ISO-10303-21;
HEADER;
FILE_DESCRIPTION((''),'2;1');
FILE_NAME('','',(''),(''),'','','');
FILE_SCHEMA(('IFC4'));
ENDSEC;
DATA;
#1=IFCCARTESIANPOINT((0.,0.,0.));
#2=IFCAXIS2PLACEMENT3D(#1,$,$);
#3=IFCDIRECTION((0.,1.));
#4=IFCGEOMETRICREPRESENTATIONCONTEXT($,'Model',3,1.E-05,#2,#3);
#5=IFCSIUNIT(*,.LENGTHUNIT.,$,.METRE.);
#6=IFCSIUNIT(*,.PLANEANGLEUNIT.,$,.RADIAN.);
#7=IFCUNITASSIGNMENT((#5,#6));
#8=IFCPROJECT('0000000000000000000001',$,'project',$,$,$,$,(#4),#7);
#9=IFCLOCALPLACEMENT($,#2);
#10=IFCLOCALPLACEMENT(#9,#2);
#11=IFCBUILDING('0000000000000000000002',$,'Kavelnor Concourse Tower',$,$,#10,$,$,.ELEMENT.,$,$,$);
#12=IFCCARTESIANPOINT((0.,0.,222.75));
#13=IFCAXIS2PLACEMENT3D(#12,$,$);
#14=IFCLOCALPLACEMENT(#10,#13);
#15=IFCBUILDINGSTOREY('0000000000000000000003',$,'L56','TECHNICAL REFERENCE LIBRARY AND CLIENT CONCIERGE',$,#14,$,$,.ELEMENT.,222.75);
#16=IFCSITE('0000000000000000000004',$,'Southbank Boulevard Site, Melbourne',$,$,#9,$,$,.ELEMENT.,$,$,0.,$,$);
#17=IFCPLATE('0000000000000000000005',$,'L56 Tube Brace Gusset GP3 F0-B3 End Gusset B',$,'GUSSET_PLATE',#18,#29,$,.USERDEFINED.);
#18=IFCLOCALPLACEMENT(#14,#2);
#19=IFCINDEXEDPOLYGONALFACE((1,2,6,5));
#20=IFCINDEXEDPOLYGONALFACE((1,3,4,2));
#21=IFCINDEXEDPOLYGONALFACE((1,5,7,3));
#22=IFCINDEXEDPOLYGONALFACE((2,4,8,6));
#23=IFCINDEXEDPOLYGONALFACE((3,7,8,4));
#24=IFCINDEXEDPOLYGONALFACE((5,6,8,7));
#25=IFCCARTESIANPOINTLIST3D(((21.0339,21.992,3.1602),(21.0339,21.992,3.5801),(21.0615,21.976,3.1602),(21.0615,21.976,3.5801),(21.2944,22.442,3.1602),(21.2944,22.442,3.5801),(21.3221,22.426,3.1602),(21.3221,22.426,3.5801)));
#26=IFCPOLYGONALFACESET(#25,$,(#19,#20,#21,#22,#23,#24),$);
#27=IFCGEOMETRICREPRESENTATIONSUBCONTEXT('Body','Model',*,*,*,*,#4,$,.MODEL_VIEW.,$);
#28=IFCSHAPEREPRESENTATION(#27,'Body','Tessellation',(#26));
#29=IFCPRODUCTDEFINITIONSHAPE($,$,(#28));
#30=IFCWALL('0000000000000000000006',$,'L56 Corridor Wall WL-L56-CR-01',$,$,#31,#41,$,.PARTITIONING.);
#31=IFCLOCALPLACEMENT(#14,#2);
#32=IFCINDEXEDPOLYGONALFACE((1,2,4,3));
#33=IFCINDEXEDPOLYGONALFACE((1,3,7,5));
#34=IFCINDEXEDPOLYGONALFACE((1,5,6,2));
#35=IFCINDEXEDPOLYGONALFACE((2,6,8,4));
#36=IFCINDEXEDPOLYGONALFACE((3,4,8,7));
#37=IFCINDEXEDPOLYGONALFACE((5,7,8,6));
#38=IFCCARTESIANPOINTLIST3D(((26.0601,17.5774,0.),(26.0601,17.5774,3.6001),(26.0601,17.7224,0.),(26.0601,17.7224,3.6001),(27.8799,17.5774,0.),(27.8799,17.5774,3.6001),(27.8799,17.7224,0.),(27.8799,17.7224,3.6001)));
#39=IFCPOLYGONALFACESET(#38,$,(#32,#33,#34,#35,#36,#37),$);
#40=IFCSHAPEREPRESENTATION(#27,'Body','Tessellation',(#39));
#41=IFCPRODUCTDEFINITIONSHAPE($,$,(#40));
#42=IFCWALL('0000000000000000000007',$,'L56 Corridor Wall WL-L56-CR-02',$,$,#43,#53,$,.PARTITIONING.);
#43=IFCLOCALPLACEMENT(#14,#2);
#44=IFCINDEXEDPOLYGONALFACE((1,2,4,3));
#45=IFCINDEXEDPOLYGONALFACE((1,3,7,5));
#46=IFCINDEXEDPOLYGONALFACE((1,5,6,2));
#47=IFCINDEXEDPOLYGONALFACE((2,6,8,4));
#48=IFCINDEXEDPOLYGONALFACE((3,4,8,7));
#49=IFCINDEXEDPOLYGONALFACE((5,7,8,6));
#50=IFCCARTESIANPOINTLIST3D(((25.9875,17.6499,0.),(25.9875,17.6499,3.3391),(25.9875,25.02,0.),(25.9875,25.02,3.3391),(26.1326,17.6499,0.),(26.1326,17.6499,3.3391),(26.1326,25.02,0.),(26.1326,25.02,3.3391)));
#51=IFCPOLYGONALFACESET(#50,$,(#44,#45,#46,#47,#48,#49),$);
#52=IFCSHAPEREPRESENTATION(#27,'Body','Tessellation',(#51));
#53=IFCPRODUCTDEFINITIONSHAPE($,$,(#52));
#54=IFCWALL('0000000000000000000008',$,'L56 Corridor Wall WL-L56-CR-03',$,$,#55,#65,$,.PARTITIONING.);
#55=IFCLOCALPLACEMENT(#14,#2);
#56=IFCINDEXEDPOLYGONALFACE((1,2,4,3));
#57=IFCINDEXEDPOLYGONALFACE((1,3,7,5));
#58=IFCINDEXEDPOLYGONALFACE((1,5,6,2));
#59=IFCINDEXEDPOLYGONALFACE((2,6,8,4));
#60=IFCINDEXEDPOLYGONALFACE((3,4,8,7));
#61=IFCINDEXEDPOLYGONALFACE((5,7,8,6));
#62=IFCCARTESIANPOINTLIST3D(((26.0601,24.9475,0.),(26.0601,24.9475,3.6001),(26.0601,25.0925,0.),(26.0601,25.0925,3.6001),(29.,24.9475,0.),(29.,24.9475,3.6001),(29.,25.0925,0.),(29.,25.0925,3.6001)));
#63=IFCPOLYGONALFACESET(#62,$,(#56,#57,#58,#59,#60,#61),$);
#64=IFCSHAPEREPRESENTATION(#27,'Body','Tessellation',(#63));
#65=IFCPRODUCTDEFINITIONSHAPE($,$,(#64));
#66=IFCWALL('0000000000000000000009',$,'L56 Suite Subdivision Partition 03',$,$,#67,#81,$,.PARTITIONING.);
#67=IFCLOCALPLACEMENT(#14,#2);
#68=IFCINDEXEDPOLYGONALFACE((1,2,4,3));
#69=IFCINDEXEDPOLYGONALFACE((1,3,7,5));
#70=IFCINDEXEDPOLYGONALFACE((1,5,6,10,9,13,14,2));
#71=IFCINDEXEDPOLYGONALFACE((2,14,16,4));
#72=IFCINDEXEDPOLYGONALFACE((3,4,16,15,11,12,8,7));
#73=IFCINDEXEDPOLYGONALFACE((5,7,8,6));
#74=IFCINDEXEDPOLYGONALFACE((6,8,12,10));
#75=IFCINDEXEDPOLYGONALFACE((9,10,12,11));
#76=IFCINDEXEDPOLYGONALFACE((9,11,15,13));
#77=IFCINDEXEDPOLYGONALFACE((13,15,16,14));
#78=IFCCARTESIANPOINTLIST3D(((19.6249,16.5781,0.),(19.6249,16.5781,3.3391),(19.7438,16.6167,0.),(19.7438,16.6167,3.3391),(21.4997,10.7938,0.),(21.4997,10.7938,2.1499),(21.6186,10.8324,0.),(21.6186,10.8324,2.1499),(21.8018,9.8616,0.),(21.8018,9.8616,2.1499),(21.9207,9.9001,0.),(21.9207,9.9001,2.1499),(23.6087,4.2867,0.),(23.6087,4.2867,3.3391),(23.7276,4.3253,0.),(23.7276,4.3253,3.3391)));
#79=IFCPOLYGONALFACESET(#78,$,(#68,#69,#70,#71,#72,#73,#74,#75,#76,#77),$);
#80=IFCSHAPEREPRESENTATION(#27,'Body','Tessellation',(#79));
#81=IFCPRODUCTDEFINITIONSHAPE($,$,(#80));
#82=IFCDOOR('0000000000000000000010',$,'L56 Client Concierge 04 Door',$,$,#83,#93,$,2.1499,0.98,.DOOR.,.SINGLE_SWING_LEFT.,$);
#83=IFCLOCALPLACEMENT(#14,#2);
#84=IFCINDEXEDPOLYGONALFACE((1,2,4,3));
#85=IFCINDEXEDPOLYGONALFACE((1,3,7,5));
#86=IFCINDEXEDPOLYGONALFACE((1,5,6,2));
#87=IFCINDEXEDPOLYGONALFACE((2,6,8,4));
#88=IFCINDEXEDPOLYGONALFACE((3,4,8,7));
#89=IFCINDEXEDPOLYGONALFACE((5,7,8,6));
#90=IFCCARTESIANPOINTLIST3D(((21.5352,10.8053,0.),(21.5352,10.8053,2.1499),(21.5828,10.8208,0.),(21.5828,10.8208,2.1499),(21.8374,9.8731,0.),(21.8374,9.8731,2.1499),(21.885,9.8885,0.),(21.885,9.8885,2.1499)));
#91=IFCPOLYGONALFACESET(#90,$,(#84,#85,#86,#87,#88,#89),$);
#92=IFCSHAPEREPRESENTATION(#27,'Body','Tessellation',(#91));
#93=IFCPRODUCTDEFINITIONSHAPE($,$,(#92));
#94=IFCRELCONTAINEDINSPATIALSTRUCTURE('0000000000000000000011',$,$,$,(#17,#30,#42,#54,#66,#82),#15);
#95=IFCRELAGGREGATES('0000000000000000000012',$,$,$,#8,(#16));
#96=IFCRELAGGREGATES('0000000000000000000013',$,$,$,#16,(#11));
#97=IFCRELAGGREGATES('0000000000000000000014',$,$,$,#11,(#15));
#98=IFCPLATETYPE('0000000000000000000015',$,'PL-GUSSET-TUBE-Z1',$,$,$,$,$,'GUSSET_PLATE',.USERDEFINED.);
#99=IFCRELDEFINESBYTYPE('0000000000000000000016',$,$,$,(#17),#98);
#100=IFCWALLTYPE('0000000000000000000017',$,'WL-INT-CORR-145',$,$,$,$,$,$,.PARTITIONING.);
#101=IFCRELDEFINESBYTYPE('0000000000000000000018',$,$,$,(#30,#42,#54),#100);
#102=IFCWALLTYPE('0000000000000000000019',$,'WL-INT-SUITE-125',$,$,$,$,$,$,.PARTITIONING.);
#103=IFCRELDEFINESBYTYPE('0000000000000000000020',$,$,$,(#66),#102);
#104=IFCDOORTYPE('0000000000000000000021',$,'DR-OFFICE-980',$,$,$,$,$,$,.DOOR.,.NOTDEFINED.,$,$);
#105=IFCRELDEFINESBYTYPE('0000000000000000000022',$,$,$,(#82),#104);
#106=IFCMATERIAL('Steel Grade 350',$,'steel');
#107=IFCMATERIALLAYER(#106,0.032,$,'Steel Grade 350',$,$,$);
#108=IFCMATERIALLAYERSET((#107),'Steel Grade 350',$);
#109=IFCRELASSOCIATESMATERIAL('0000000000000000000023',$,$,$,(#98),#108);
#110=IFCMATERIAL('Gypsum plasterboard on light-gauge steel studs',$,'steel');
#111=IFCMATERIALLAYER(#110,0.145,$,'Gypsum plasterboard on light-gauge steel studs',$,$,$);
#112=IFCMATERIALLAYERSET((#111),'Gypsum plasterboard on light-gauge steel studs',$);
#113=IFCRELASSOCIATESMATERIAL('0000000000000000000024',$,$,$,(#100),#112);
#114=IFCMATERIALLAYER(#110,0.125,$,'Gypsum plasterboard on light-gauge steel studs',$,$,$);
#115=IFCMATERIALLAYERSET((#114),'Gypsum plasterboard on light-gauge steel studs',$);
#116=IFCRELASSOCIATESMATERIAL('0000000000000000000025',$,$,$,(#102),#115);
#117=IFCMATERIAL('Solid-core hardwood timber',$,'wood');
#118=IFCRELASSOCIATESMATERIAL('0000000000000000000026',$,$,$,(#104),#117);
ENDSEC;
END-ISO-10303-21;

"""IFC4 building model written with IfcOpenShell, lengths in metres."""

from ifc_helpers import new_model, si_unit, direction, frame, frame_2d, origin, origin_2d, place, context, subcontext, project, spatial, rectangle, extrude, material, layer, layer_set, type_object, element, fill, save


model = new_model("IFC4")

# Units and contexts
model_context = context("Model", 3, precision=1e-05, world=origin(), true_north=direction((0.0, 1.0)))
body_context = subcontext(model_context, "Body", "Model", "MODEL_VIEW")
ifc_project = project(units=[si_unit("LENGTHUNIT", "METRE"), si_unit("PLANEANGLEUNIT", "RADIAN")], contexts=[model_context])

# Site, building, storey
site_placement = place(None, origin())
site = spatial("IfcSite", under=ifc_project, at=site_placement, Name="Southbank Boulevard Site, Melbourne", CompositionType="ELEMENT", RefElevation=0.0)
building_placement = place(site_placement, origin())
building = spatial("IfcBuilding", under=site, at=building_placement, Name="Kavelnor Concourse Tower", CompositionType="ELEMENT")
storey_placement = place(building_placement, frame((0.0, 0.0, 222.75)))
storey = spatial("IfcBuildingStorey", under=building, at=storey_placement, Name="L56", Description="TECHNICAL REFERENCE LIBRARY AND CLIENT CONCIERGE", CompositionType="ELEMENT", Elevation=222.75)

# Shared definitions
ifc_material_1 = material(Name="Steel Grade 350", Category="steel")

# Plate
ifc_layer_1 = layer(ifc_material_1, 0.032, Name="Steel Grade 350")
ifc_layer_set_1 = layer_set([ifc_layer_1], Name="Steel Grade 350")
plate_type = type_object("IfcPlateType", Name="PL-GUSSET-TUBE-Z1", ElementType="GUSSET_PLATE", PredefinedType="USERDEFINED", material=ifc_layer_set_1)
plate_placement = place(storey_placement, frame((21.178, 22.209, 3.1602), z_axis=(0.0, 0.0, 1.0), x_axis=(-0.501058, -0.865414, 0.0)))
element("IfcPlate", 1, at=plate_placement, inside=storey, type_object=plate_type, Name="L56 Tube Brace Gusset GP3 F0-B3 End Gusset B", ObjectType="GUSSET_PLATE", PredefinedType="USERDEFINED", context=body_context, shape_type="SweptSolid", body=[
    extrude(rectangle(XDim=0.52, YDim=0.032, at=origin_2d()), origin(), (0.0, 0.0, 1.0), 0.4199),
])

# Walls
ifc_material_2 = material(Name="Gypsum plasterboard on light-gauge steel studs", Category="steel")
ifc_layer_2 = layer(ifc_material_2, 0.145, Name="Gypsum plasterboard on light-gauge steel studs")
ifc_layer_set_2 = layer_set([ifc_layer_2], Name="Gypsum plasterboard on light-gauge steel studs")
wall_type_1 = type_object("IfcWallType", Name="WL-INT-CORR-145", PredefinedType="PARTITIONING", material=ifc_layer_set_2)
wall_1_placement = place(storey_placement, frame((27.8799, 17.6499, 0.0), z_axis=(0.0, 0.0, 1.0), x_axis=(-1.0, 0.0, 0.0)))
element("IfcWall", 2, at=wall_1_placement, inside=storey, type_object=wall_type_1, Name="L56 Corridor Wall WL-L56-CR-01", PredefinedType="PARTITIONING", context=body_context, shape_type="SweptSolid", body=[
    extrude(rectangle(XDim=1.8198, YDim=0.145, at=frame_2d((0.9099, 0.0))), origin(), (0.0, 0.0, 1.0), 3.6001),
])
wall_2_placement = place(storey_placement, frame((26.0601, 17.6499, 0.0), z_axis=(0.0, 0.0, 1.0), x_axis=(0.0, 1.0, 0.0)))
element("IfcWall", 3, at=wall_2_placement, inside=storey, type_object=wall_type_1, Name="L56 Corridor Wall WL-L56-CR-02", PredefinedType="PARTITIONING", context=body_context, shape_type="SweptSolid", body=[
    extrude(rectangle(XDim=7.3701, YDim=0.145, at=frame_2d((3.6851, 0.0))), origin(), (0.0, 0.0, 1.0), 3.3391),
])
wall_3_placement = place(storey_placement, frame((26.0601, 25.02, 0.0), z_axis=(0.0, 0.0, 1.0), x_axis=(1.0, 0.0, 0.0)))
element("IfcWall", 4, at=wall_3_placement, inside=storey, type_object=wall_type_1, Name="L56 Corridor Wall WL-L56-CR-03", PredefinedType="PARTITIONING", context=body_context, shape_type="SweptSolid", body=[
    extrude(rectangle(XDim=2.9399, YDim=0.145, at=frame_2d((1.47, 0.0))), origin(), (0.0, 0.0, 1.0), 3.6001),
])

# Wall, opening, door
ifc_layer_3 = layer(ifc_material_2, 0.125, Name="Gypsum plasterboard on light-gauge steel studs")
ifc_layer_set_3 = layer_set([ifc_layer_3], Name="Gypsum plasterboard on light-gauge steel studs")
wall_type_2 = type_object("IfcWallType", Name="WL-INT-SUITE-125", PredefinedType="PARTITIONING", material=ifc_layer_set_3)
wall_4_placement = place(storey_placement, frame((19.6843, 16.5974, 0.0), z_axis=(0.0, 0.0, 1.0), x_axis=(0.308326, -0.951281, 0.0)))
wall_4 = element("IfcWall", 5, at=wall_4_placement, inside=storey, type_object=wall_type_2, Name="L56 Suite Subdivision Partition 03", PredefinedType="PARTITIONING", context=body_context, shape_type="SweptSolid", body=[
    extrude(rectangle(XDim=12.9209, YDim=0.125, at=frame_2d((6.4604, 0.0))), origin(), (0.0, 0.0, 1.0), 3.3391),
])
opening_1_placement = place(wall_4_placement, frame((6.0806, 0.0, 0.0)))
opening_1 = element("IfcOpeningElement", 6, at=opening_1_placement, cuts=wall_4, PredefinedType="OPENING", context=body_context, shape_type="SweptSolid", body=[
    extrude(rectangle(XDim=0.98, YDim=2.1499, at=frame_2d((0.49, 1.075))), frame((0.0, 0.0725, 0.0), z_axis=(0.0, -1.0, 0.0), x_axis=(1.0, 0.0, 0.0)), (0.0, 0.0, 1.0), 0.145),
])
ifc_material_3 = material(Name="Solid-core hardwood timber", Category="wood")
door_type_1 = type_object("IfcDoorType", Name="DR-OFFICE-980", OperationType="NOTDEFINED", PredefinedType="DOOR", material=ifc_material_3)
door_1_placement = place(opening_1_placement, origin())
door_1 = element("IfcDoor", 7, at=door_1_placement, inside=storey, type_object=door_type_1, Name="L56 Client Concierge 04 Door", OperationType="SINGLE_SWING_LEFT", OverallHeight=2.1499, OverallWidth=0.98, PredefinedType="DOOR", context=body_context, shape_type="SweptSolid", body=[
    extrude(rectangle(XDim=0.98, YDim=2.1499, at=frame_2d((0.49, 1.075))), frame((0.0, 0.0249, 0.0), z_axis=(0.0, -1.0, 0.0), x_axis=(1.0, 0.0, 0.0)), (0.0, 0.0, 1.0), 0.05),
])
fill(opening_1, door_1)

save(model, "model.ifc")
